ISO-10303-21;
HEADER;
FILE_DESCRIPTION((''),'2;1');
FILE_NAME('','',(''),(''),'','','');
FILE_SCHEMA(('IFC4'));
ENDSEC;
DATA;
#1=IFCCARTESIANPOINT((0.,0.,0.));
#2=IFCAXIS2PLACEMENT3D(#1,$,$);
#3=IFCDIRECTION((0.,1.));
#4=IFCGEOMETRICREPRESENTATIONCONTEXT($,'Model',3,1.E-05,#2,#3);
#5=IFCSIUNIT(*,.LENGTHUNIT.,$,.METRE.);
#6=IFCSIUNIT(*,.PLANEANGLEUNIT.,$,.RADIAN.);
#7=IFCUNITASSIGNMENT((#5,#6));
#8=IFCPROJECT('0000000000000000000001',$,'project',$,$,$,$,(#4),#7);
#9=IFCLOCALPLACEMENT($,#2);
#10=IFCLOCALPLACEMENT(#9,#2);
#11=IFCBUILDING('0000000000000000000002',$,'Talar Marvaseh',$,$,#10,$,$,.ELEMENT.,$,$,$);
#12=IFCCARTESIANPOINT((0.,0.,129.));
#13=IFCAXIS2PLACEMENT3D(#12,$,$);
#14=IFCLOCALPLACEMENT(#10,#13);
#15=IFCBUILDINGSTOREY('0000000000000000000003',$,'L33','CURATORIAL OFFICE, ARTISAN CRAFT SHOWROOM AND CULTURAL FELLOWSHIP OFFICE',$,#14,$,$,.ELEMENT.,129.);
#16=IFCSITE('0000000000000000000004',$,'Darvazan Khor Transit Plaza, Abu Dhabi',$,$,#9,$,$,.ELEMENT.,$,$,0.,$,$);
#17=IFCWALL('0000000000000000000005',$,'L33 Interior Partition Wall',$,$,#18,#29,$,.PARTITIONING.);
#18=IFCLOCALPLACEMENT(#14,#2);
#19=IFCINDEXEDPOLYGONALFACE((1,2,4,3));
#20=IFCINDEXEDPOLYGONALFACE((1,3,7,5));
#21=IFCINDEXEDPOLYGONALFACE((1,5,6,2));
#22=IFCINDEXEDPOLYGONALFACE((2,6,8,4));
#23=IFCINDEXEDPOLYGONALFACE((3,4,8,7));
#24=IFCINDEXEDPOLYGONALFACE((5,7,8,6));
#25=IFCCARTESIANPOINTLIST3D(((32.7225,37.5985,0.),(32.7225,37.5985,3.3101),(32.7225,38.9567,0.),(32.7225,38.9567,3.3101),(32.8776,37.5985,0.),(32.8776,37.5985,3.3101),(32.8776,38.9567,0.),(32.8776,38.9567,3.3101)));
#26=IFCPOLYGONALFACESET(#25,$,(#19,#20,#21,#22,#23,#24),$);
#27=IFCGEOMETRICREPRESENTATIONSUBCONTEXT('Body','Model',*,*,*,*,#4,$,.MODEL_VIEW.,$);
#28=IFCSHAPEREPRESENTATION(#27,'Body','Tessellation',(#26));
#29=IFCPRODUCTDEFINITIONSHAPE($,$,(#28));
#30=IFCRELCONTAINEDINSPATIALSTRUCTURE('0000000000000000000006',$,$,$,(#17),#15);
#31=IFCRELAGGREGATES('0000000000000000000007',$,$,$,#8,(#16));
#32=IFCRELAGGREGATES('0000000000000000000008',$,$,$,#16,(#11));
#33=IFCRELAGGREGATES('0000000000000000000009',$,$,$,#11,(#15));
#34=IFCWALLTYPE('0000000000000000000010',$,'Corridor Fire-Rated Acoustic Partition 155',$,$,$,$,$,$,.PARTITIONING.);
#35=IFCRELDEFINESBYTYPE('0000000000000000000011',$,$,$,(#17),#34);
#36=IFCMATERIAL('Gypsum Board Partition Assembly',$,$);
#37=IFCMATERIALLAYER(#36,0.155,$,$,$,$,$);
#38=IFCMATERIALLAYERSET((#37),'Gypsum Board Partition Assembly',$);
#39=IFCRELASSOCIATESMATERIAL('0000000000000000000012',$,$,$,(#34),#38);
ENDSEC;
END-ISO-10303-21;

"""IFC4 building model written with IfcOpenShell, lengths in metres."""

from ifc_helpers import new_model, si_unit, direction, frame, frame_2d, origin, place, context, subcontext, project, spatial, rectangle, extrude, material, layer, layer_set, type_object, element, save


model = new_model("IFC4")

# Units and contexts
model_context = context("Model", 3, precision=1e-05, world=origin(), true_north=direction((0.0, 1.0)))
body_context = subcontext(model_context, "Body", "Model", "MODEL_VIEW")
ifc_project = project(units=[si_unit("LENGTHUNIT", "METRE"), si_unit("PLANEANGLEUNIT", "RADIAN")], contexts=[model_context])

# Site, building, storey
site_placement = place(None, origin())
site = spatial("IfcSite", under=ifc_project, at=site_placement, Name="Darvazan Khor Transit Plaza, Abu Dhabi", CompositionType="ELEMENT", RefElevation=0.0)
building_placement = place(site_placement, origin())
building = spatial("IfcBuilding", under=site, at=building_placement, Name="Talar Marvaseh", CompositionType="ELEMENT")
storey_placement = place(building_placement, frame((0.0, 0.0, 129.0)))
storey = spatial("IfcBuildingStorey", under=building, at=storey_placement, Name="L33", Description="CURATORIAL OFFICE, ARTISAN CRAFT SHOWROOM AND CULTURAL FELLOWSHIP OFFICE", CompositionType="ELEMENT", Elevation=129.0)

# Wall
ifc_material_1 = material(Name="Gypsum Board Partition Assembly")
ifc_layer_1 = layer(ifc_material_1, 0.155)
ifc_layer_set_1 = layer_set([ifc_layer_1], Name="Gypsum Board Partition Assembly")
wall_type_1 = type_object("IfcWallType", Name="Corridor Fire-Rated Acoustic Partition 155", PredefinedType="PARTITIONING", material=ifc_layer_set_1)
wall_1_placement = place(storey_placement, frame((32.8, 37.5984, 0.0), z_axis=(0.0, 0.0, 1.0), x_axis=(0.0, 1.0, 0.0)))
element("IfcWall", 1, at=wall_1_placement, inside=storey, type_object=wall_type_1, Name="L33 Interior Partition Wall", PredefinedType="PARTITIONING", context=body_context, shape_type="SweptSolid", body=[
    extrude(rectangle(XDim=1.3582, YDim=0.155, at=frame_2d((0.6792, 0.0))), origin(), (0.0, 0.0, 1.0), 3.3101),
])

save(model, "model.ifc")
